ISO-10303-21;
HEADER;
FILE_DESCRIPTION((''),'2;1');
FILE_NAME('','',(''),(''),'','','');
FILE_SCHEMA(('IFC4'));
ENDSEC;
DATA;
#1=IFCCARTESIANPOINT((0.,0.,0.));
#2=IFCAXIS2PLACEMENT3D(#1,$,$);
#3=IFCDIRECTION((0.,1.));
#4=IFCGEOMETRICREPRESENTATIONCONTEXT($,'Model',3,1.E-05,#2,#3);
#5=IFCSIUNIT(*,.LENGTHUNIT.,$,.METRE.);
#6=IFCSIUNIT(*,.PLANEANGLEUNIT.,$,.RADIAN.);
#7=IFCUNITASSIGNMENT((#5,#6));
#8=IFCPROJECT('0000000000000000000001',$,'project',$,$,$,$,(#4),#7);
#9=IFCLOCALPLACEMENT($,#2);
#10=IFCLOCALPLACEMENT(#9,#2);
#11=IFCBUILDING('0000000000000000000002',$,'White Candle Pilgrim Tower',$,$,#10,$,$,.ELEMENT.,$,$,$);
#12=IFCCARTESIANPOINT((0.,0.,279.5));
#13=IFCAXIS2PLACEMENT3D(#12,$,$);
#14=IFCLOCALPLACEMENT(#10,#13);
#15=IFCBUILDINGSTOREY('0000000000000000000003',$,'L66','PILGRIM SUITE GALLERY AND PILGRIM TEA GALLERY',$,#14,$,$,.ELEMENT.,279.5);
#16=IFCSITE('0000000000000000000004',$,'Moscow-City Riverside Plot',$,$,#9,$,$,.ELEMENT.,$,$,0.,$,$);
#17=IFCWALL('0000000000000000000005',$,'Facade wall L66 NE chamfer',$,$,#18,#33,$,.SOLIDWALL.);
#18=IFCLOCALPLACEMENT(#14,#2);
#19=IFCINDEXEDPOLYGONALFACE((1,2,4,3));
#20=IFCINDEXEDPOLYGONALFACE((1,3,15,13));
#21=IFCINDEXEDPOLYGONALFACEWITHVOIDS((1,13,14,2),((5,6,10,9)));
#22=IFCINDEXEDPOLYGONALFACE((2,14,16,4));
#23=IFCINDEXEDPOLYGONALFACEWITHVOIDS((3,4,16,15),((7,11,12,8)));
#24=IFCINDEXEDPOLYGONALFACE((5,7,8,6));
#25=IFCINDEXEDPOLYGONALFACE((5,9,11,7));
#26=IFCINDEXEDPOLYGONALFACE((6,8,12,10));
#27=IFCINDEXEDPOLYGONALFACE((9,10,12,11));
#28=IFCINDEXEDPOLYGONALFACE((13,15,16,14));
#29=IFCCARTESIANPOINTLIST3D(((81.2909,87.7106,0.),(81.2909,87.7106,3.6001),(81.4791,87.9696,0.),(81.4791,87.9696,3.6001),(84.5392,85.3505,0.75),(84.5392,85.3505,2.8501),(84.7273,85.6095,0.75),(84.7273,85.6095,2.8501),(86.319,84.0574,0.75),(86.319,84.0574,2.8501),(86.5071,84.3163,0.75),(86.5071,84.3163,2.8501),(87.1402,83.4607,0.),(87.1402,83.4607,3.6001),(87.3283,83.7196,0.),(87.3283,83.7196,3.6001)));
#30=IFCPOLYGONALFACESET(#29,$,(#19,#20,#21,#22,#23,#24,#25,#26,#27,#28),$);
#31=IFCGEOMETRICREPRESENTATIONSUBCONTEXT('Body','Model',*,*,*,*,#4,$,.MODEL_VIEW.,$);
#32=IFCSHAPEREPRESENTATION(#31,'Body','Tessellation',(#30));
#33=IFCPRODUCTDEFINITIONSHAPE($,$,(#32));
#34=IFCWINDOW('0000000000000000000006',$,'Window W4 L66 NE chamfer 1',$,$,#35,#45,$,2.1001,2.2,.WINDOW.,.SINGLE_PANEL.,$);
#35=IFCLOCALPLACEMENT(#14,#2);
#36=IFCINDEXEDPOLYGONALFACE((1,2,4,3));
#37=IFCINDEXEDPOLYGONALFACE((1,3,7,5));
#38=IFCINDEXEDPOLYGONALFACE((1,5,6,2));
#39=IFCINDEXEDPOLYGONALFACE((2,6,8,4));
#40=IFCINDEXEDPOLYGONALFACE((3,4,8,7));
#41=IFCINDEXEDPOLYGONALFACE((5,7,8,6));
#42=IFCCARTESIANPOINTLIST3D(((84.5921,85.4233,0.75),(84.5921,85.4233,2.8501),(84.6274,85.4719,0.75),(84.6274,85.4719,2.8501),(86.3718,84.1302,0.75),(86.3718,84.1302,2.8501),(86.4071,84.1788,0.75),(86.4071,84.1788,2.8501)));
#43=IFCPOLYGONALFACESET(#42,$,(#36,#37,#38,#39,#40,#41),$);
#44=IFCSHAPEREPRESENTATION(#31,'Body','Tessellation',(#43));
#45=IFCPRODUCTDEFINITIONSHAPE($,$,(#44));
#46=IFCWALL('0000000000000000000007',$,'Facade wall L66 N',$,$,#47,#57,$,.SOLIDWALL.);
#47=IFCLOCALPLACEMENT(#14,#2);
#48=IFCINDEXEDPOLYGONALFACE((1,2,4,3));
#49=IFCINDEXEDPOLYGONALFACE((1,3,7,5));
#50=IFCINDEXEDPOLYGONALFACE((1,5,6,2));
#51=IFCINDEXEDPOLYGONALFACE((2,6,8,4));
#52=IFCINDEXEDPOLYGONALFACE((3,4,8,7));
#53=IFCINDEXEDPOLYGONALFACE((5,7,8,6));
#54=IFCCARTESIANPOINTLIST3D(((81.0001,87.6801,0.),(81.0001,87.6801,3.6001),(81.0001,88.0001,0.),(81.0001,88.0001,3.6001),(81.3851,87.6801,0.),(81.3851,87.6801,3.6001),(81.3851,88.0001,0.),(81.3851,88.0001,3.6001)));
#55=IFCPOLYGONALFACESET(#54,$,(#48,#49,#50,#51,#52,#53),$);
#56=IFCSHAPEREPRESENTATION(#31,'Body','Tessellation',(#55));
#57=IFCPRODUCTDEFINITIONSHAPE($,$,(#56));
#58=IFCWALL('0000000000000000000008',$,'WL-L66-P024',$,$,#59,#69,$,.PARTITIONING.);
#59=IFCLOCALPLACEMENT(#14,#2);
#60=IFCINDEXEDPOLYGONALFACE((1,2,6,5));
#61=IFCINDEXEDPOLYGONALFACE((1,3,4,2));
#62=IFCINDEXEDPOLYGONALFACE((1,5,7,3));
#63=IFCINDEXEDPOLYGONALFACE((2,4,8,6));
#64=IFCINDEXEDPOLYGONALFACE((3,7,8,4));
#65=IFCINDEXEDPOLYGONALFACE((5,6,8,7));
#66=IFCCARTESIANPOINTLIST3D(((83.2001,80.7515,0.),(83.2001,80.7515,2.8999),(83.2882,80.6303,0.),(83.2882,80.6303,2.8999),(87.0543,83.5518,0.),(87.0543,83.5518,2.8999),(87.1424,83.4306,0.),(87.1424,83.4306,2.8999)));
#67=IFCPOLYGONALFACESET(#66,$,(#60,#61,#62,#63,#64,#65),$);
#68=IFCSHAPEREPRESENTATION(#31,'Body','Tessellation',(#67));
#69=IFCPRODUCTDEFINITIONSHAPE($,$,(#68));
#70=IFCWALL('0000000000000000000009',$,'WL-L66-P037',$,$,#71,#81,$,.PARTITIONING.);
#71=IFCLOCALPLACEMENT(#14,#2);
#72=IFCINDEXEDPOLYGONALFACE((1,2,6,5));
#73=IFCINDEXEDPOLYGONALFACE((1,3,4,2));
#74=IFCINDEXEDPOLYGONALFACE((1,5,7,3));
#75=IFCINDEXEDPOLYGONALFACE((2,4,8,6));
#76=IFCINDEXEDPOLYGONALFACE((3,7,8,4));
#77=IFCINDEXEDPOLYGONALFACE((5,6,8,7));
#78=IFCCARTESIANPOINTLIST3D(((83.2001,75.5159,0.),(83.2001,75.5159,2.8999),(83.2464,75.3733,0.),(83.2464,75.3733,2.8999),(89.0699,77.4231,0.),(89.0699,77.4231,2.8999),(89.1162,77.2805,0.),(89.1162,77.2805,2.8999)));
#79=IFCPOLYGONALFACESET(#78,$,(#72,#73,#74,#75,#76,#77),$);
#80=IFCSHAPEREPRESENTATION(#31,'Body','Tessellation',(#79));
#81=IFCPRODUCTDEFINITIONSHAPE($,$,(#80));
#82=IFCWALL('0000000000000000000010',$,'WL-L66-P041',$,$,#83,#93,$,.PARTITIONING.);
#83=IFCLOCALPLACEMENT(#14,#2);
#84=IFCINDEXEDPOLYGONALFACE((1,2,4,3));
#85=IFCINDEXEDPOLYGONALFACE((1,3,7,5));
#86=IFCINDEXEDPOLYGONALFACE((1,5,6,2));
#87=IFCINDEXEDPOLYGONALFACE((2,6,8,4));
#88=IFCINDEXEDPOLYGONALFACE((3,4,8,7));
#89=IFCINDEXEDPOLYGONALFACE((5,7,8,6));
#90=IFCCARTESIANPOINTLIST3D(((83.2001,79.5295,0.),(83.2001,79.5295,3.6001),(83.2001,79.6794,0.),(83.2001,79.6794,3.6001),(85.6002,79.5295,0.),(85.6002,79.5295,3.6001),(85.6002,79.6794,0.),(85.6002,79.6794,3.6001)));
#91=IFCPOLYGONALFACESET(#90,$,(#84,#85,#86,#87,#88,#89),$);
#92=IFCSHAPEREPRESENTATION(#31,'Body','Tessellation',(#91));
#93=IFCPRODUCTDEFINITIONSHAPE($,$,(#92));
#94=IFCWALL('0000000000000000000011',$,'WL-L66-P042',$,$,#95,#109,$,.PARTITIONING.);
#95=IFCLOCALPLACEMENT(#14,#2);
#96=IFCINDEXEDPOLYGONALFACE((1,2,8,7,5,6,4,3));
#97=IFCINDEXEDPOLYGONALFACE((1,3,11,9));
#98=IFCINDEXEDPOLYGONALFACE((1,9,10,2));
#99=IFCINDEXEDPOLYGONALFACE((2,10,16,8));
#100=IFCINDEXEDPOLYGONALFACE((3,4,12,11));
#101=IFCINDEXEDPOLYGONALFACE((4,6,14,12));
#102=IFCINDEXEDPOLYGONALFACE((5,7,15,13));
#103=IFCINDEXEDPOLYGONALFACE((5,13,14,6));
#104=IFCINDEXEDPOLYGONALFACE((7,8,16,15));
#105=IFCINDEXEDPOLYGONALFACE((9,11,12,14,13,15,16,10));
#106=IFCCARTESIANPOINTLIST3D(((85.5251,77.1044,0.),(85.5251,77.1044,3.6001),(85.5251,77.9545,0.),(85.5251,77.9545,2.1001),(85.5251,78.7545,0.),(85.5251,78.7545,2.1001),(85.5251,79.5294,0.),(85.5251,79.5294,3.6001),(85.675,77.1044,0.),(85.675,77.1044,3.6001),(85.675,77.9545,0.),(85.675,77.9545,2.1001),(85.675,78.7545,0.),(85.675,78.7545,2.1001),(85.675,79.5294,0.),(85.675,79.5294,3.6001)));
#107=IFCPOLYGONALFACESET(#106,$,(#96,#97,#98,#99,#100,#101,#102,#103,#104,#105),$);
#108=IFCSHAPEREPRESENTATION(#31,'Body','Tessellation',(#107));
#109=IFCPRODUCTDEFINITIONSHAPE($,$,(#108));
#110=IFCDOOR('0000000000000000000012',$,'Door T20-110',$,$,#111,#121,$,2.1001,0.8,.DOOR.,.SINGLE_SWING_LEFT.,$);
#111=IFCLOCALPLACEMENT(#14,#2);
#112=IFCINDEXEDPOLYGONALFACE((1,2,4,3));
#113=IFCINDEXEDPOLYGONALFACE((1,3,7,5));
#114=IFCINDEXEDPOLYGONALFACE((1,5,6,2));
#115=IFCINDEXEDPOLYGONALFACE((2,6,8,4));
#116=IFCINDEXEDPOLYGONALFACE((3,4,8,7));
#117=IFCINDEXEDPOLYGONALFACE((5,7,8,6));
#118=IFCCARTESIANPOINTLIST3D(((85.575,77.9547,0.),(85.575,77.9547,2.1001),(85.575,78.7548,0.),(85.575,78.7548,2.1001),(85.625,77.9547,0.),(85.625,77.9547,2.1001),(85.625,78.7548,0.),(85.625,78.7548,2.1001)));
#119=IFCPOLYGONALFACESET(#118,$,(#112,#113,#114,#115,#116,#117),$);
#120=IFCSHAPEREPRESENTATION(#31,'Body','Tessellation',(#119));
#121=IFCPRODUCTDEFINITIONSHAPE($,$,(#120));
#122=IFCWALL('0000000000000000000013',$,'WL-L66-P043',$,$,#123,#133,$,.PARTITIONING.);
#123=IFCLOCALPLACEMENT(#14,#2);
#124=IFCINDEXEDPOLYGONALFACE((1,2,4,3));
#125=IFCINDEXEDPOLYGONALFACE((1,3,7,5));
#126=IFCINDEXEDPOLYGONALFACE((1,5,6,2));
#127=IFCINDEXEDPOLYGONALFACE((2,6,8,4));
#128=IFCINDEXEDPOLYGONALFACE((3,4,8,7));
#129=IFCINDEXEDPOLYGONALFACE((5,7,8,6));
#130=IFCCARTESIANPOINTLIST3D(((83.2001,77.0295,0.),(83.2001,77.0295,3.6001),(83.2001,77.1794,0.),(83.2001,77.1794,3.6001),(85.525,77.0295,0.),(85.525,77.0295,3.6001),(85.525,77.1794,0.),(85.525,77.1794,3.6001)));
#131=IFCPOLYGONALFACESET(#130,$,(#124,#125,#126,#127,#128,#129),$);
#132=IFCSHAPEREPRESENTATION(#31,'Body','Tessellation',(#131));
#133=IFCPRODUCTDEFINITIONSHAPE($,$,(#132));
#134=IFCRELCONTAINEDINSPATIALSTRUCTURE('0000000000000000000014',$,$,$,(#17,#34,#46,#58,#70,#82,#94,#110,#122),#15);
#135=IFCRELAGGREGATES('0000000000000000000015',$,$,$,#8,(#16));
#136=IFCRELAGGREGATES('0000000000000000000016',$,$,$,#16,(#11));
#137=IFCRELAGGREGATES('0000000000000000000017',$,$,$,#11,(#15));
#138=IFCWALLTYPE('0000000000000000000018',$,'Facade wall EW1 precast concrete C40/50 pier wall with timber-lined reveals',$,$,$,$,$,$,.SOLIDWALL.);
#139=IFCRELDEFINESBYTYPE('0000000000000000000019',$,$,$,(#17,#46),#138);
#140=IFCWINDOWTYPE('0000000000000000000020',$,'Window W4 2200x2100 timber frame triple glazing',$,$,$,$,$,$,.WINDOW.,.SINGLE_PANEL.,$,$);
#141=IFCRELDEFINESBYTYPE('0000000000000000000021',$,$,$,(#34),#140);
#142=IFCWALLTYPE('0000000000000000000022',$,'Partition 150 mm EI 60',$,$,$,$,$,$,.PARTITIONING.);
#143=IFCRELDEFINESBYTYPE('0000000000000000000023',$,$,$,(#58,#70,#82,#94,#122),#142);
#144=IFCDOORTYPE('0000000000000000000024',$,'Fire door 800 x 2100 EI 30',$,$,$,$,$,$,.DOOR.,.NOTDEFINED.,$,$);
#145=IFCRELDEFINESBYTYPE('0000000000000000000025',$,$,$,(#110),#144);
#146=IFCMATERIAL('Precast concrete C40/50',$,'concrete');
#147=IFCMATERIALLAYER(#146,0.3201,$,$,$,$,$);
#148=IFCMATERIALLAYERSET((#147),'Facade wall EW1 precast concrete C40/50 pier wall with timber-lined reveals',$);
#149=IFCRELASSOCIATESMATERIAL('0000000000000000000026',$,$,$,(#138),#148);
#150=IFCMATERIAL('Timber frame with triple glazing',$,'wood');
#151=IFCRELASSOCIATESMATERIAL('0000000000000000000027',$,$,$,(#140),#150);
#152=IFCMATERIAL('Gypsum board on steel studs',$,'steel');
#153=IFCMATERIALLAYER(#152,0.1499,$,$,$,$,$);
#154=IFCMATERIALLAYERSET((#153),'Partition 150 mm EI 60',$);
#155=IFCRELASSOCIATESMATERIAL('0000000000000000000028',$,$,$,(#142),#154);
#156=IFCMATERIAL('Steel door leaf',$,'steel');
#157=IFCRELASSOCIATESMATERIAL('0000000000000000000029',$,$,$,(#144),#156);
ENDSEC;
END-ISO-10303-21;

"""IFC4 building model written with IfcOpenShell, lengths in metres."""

from ifc_helpers import new_model, si_unit, direction, frame, frame_2d, origin, place, context, subcontext, project, spatial, rectangle, extrude, material, layer, layer_set, type_object, element, fill, save


model = new_model("IFC4")

# Units and contexts
model_context = context("Model", 3, precision=1e-05, world=origin(), true_north=direction((0.0, 1.0)))
body_context = subcontext(model_context, "Body", "Model", "MODEL_VIEW")
ifc_project = project(units=[si_unit("LENGTHUNIT", "METRE"), si_unit("PLANEANGLEUNIT", "RADIAN")], contexts=[model_context])

# Site, building, storey
site_placement = place(None, origin())
site = spatial("IfcSite", under=ifc_project, at=site_placement, Name="Moscow-City Riverside Plot", CompositionType="ELEMENT", RefElevation=0.0)
building_placement = place(site_placement, origin())
building = spatial("IfcBuilding", under=site, at=building_placement, Name="White Candle Pilgrim Tower", CompositionType="ELEMENT")
storey_placement = place(building_placement, frame((0.0, 0.0, 279.5)))
storey = spatial("IfcBuildingStorey", under=building, at=storey_placement, Name="L66", Description="PILGRIM SUITE GALLERY AND PILGRIM TEA GALLERY", CompositionType="ELEMENT", Elevation=279.5)

# Shared definitions
ifc_material_1 = material(Name="Steel door leaf", Category="steel")

# Shared definitions
ifc_material_2 = material(Name="Gypsum board on steel studs", Category="steel")

# Wall, opening, window
ifc_material_3 = material(Name="Precast concrete C40/50", Category="concrete")
ifc_layer_1 = layer(ifc_material_3, 0.3201)
ifc_layer_set_1 = layer_set([ifc_layer_1], Name="Facade wall EW1 precast concrete C40/50 pier wall with timber-lined reveals")
wall_type_1 = type_object("IfcWallType", Name="Facade wall EW1 precast concrete C40/50 pier wall with timber-lined reveals", PredefinedType="SOLIDWALL", material=ifc_layer_set_1)
wall_1_placement = place(storey_placement, frame((87.2344, 83.5901, 0.0), z_axis=(0.0, 0.0, 1.0), x_axis=(-0.809005, 0.587802, 0.0)))
wall_1 = element("IfcWall", 1, at=wall_1_placement, inside=storey, type_object=wall_type_1, Name="Facade wall L66 NE chamfer", PredefinedType="SOLIDWALL", context=body_context, shape_type="SweptSolid", body=[
    extrude(rectangle(XDim=7.2302, YDim=0.3201, at=frame_2d((3.6152, 0.0))), origin(), (0.0, 0.0, 1.0), 3.6001),
])
opening_1_placement = place(wall_1_placement, frame((1.0151, 0.0, 0.75)))
opening_1 = element("IfcOpeningElement", 2, at=opening_1_placement, cuts=wall_1, PredefinedType="OPENING", context=body_context, shape_type="SweptSolid", body=[
    extrude(rectangle(XDim=2.2, YDim=2.1001, at=frame_2d((1.1001, 1.05))), frame((0.0, 0.1699, 0.0), z_axis=(0.0, -1.0, 0.0), x_axis=(1.0, 0.0, 0.0)), (0.0, 0.0, 1.0), 0.3401),
])
ifc_material_4 = material(Name="Timber frame with triple glazing", Category="wood")
window_type = type_object("IfcWindowType", Name="Window W4 2200x2100 timber frame triple glazing", PartitioningType="SINGLE_PANEL", PredefinedType="WINDOW", material=ifc_material_4)
window_placement = place(opening_1_placement, origin())
window = element("IfcWindow", 3, at=window_placement, inside=storey, type_object=window_type, Name="Window W4 L66 NE chamfer 1", OverallHeight=2.1001, OverallWidth=2.2, PartitioningType="SINGLE_PANEL", PredefinedType="WINDOW", context=body_context, shape_type="SweptSolid", body=[
    extrude(rectangle(XDim=2.2, YDim=2.1001, at=frame_2d((1.1001, 1.05))), frame((0.0, 0.0701, 0.0), z_axis=(0.0, -1.0, 0.0), x_axis=(1.0, 0.0, 0.0)), (0.0, 0.0, 1.0), 0.0601),
])
fill(opening_1, window)

# Walls
wall_2_placement = place(storey_placement, frame((81.385, 87.8401, 0.0), z_axis=(0.0, 0.0, 1.0), x_axis=(-1.0, 0.0, 0.0)))
element("IfcWall", 4, at=wall_2_placement, inside=storey, type_object=wall_type_1, Name="Facade wall L66 N", PredefinedType="SOLIDWALL", context=body_context, shape_type="SweptSolid", body=[
    extrude(rectangle(XDim=0.385, YDim=0.3201, at=frame_2d((0.1924, 0.0))), origin(), (0.0, 0.0, 1.0), 3.6001),
])
ifc_layer_2 = layer(ifc_material_2, 0.1499)
ifc_layer_set_2 = layer_set([ifc_layer_2], Name="Partition 150 mm EI 60")
wall_type_2 = type_object("IfcWallType", Name="Partition 150 mm EI 60", PredefinedType="PARTITIONING", material=ifc_layer_set_2)
wall_3_placement = place(storey_placement, frame((87.0984, 83.4912, 0.0), z_axis=(0.0, 0.0, 1.0), x_axis=(-0.809015, -0.587788, 0.0)))
element("IfcWall", 5, at=wall_3_placement, inside=storey, type_object=wall_type_2, Name="WL-L66-P024", PredefinedType="PARTITIONING", context=body_context, shape_type="SweptSolid", body=[
    extrude(rectangle(XDim=4.7642, YDim=0.1499, at=frame_2d((2.3821, 0.0))), origin(), (0.0, 0.0, 1.0), 2.8999),
])
wall_4_placement = place(storey_placement, frame((89.093, 77.3518, 0.0), z_axis=(0.0, 0.0, 1.0), x_axis=(-0.951057, -0.309015, 0.0)))
element("IfcWall", 6, at=wall_4_placement, inside=storey, type_object=wall_type_2, Name="WL-L66-P037", PredefinedType="PARTITIONING", context=body_context, shape_type="SweptSolid", body=[
    extrude(rectangle(XDim=6.1719, YDim=0.1499, at=frame_2d((3.0859, 0.0))), origin(), (0.0, 0.0, 1.0), 2.8999),
])
wall_5_placement = place(storey_placement, frame((83.2, 79.6045, 0.0), z_axis=(0.0, 0.0, 1.0), x_axis=(1.0, 0.0, 0.0)))
element("IfcWall", 7, at=wall_5_placement, inside=storey, type_object=wall_type_2, Name="WL-L66-P041", PredefinedType="PARTITIONING", context=body_context, shape_type="SweptSolid", body=[
    extrude(rectangle(XDim=2.4001, YDim=0.1499, at=frame_2d((1.2002, 0.0))), origin(), (0.0, 0.0, 1.0), 3.6001),
])

# Wall, opening, door
wall_6_placement = place(storey_placement, frame((85.6001, 77.1045, 0.0), z_axis=(0.0, 0.0, 1.0), x_axis=(0.0, 1.0, 0.0)))
wall_6 = element("IfcWall", 8, at=wall_6_placement, inside=storey, type_object=wall_type_2, Name="WL-L66-P042", PredefinedType="PARTITIONING", context=body_context, shape_type="SweptSolid", body=[
    extrude(rectangle(XDim=2.425, YDim=0.1499, at=frame_2d((1.2124, 0.0))), origin(), (0.0, 0.0, 1.0), 3.6001),
])
opening_2_placement = place(wall_6_placement, frame((0.8501, 0.0, 0.0)))
opening_2 = element("IfcOpeningElement", 9, at=opening_2_placement, cuts=wall_6, PredefinedType="OPENING", context=body_context, shape_type="SweptSolid", body=[
    extrude(rectangle(XDim=0.8, YDim=2.1001, at=frame_2d((0.3999, 1.05))), frame((0.0, 0.085, 0.0), z_axis=(0.0, -1.0, 0.0), x_axis=(1.0, 0.0, 0.0)), (0.0, 0.0, 1.0), 0.1699),
])
door_type_1 = type_object("IfcDoorType", Name="Fire door 800 x 2100 EI 30", OperationType="NOTDEFINED", PredefinedType="DOOR", material=ifc_material_1)
door_1_placement = place(opening_2_placement, frame((0.8, 0.0, 0.0), z_axis=(0.0, 0.0, 1.0), x_axis=(-1.0, 0.0, 0.0)))
door_1 = element("IfcDoor", 10, at=door_1_placement, inside=storey, type_object=door_type_1, Name="Door T20-110", OperationType="SINGLE_SWING_LEFT", OverallHeight=2.1001, OverallWidth=0.8, PredefinedType="DOOR", context=body_context, shape_type="SweptSolid", body=[
    extrude(rectangle(XDim=0.8, YDim=2.1001, at=frame_2d((0.3999, 1.05))), frame((0.0, 0.0249, 0.0), z_axis=(0.0, -1.0, 0.0), x_axis=(1.0, 0.0, 0.0)), (0.0, 0.0, 1.0), 0.05),
])
fill(opening_2, door_1)

# Wall
wall_7_placement = place(storey_placement, frame((83.2, 77.1045, 0.0), z_axis=(0.0, 0.0, 1.0), x_axis=(1.0, 0.0, 0.0)))
element("IfcWall", 11, at=wall_7_placement, inside=storey, type_object=wall_type_2, Name="WL-L66-P043", PredefinedType="PARTITIONING", context=body_context, shape_type="SweptSolid", body=[
    extrude(rectangle(XDim=2.325, YDim=0.1499, at=frame_2d((1.1626, 0.0))), origin(), (0.0, 0.0, 1.0), 3.6001),
])

save(model, "model.ifc")
